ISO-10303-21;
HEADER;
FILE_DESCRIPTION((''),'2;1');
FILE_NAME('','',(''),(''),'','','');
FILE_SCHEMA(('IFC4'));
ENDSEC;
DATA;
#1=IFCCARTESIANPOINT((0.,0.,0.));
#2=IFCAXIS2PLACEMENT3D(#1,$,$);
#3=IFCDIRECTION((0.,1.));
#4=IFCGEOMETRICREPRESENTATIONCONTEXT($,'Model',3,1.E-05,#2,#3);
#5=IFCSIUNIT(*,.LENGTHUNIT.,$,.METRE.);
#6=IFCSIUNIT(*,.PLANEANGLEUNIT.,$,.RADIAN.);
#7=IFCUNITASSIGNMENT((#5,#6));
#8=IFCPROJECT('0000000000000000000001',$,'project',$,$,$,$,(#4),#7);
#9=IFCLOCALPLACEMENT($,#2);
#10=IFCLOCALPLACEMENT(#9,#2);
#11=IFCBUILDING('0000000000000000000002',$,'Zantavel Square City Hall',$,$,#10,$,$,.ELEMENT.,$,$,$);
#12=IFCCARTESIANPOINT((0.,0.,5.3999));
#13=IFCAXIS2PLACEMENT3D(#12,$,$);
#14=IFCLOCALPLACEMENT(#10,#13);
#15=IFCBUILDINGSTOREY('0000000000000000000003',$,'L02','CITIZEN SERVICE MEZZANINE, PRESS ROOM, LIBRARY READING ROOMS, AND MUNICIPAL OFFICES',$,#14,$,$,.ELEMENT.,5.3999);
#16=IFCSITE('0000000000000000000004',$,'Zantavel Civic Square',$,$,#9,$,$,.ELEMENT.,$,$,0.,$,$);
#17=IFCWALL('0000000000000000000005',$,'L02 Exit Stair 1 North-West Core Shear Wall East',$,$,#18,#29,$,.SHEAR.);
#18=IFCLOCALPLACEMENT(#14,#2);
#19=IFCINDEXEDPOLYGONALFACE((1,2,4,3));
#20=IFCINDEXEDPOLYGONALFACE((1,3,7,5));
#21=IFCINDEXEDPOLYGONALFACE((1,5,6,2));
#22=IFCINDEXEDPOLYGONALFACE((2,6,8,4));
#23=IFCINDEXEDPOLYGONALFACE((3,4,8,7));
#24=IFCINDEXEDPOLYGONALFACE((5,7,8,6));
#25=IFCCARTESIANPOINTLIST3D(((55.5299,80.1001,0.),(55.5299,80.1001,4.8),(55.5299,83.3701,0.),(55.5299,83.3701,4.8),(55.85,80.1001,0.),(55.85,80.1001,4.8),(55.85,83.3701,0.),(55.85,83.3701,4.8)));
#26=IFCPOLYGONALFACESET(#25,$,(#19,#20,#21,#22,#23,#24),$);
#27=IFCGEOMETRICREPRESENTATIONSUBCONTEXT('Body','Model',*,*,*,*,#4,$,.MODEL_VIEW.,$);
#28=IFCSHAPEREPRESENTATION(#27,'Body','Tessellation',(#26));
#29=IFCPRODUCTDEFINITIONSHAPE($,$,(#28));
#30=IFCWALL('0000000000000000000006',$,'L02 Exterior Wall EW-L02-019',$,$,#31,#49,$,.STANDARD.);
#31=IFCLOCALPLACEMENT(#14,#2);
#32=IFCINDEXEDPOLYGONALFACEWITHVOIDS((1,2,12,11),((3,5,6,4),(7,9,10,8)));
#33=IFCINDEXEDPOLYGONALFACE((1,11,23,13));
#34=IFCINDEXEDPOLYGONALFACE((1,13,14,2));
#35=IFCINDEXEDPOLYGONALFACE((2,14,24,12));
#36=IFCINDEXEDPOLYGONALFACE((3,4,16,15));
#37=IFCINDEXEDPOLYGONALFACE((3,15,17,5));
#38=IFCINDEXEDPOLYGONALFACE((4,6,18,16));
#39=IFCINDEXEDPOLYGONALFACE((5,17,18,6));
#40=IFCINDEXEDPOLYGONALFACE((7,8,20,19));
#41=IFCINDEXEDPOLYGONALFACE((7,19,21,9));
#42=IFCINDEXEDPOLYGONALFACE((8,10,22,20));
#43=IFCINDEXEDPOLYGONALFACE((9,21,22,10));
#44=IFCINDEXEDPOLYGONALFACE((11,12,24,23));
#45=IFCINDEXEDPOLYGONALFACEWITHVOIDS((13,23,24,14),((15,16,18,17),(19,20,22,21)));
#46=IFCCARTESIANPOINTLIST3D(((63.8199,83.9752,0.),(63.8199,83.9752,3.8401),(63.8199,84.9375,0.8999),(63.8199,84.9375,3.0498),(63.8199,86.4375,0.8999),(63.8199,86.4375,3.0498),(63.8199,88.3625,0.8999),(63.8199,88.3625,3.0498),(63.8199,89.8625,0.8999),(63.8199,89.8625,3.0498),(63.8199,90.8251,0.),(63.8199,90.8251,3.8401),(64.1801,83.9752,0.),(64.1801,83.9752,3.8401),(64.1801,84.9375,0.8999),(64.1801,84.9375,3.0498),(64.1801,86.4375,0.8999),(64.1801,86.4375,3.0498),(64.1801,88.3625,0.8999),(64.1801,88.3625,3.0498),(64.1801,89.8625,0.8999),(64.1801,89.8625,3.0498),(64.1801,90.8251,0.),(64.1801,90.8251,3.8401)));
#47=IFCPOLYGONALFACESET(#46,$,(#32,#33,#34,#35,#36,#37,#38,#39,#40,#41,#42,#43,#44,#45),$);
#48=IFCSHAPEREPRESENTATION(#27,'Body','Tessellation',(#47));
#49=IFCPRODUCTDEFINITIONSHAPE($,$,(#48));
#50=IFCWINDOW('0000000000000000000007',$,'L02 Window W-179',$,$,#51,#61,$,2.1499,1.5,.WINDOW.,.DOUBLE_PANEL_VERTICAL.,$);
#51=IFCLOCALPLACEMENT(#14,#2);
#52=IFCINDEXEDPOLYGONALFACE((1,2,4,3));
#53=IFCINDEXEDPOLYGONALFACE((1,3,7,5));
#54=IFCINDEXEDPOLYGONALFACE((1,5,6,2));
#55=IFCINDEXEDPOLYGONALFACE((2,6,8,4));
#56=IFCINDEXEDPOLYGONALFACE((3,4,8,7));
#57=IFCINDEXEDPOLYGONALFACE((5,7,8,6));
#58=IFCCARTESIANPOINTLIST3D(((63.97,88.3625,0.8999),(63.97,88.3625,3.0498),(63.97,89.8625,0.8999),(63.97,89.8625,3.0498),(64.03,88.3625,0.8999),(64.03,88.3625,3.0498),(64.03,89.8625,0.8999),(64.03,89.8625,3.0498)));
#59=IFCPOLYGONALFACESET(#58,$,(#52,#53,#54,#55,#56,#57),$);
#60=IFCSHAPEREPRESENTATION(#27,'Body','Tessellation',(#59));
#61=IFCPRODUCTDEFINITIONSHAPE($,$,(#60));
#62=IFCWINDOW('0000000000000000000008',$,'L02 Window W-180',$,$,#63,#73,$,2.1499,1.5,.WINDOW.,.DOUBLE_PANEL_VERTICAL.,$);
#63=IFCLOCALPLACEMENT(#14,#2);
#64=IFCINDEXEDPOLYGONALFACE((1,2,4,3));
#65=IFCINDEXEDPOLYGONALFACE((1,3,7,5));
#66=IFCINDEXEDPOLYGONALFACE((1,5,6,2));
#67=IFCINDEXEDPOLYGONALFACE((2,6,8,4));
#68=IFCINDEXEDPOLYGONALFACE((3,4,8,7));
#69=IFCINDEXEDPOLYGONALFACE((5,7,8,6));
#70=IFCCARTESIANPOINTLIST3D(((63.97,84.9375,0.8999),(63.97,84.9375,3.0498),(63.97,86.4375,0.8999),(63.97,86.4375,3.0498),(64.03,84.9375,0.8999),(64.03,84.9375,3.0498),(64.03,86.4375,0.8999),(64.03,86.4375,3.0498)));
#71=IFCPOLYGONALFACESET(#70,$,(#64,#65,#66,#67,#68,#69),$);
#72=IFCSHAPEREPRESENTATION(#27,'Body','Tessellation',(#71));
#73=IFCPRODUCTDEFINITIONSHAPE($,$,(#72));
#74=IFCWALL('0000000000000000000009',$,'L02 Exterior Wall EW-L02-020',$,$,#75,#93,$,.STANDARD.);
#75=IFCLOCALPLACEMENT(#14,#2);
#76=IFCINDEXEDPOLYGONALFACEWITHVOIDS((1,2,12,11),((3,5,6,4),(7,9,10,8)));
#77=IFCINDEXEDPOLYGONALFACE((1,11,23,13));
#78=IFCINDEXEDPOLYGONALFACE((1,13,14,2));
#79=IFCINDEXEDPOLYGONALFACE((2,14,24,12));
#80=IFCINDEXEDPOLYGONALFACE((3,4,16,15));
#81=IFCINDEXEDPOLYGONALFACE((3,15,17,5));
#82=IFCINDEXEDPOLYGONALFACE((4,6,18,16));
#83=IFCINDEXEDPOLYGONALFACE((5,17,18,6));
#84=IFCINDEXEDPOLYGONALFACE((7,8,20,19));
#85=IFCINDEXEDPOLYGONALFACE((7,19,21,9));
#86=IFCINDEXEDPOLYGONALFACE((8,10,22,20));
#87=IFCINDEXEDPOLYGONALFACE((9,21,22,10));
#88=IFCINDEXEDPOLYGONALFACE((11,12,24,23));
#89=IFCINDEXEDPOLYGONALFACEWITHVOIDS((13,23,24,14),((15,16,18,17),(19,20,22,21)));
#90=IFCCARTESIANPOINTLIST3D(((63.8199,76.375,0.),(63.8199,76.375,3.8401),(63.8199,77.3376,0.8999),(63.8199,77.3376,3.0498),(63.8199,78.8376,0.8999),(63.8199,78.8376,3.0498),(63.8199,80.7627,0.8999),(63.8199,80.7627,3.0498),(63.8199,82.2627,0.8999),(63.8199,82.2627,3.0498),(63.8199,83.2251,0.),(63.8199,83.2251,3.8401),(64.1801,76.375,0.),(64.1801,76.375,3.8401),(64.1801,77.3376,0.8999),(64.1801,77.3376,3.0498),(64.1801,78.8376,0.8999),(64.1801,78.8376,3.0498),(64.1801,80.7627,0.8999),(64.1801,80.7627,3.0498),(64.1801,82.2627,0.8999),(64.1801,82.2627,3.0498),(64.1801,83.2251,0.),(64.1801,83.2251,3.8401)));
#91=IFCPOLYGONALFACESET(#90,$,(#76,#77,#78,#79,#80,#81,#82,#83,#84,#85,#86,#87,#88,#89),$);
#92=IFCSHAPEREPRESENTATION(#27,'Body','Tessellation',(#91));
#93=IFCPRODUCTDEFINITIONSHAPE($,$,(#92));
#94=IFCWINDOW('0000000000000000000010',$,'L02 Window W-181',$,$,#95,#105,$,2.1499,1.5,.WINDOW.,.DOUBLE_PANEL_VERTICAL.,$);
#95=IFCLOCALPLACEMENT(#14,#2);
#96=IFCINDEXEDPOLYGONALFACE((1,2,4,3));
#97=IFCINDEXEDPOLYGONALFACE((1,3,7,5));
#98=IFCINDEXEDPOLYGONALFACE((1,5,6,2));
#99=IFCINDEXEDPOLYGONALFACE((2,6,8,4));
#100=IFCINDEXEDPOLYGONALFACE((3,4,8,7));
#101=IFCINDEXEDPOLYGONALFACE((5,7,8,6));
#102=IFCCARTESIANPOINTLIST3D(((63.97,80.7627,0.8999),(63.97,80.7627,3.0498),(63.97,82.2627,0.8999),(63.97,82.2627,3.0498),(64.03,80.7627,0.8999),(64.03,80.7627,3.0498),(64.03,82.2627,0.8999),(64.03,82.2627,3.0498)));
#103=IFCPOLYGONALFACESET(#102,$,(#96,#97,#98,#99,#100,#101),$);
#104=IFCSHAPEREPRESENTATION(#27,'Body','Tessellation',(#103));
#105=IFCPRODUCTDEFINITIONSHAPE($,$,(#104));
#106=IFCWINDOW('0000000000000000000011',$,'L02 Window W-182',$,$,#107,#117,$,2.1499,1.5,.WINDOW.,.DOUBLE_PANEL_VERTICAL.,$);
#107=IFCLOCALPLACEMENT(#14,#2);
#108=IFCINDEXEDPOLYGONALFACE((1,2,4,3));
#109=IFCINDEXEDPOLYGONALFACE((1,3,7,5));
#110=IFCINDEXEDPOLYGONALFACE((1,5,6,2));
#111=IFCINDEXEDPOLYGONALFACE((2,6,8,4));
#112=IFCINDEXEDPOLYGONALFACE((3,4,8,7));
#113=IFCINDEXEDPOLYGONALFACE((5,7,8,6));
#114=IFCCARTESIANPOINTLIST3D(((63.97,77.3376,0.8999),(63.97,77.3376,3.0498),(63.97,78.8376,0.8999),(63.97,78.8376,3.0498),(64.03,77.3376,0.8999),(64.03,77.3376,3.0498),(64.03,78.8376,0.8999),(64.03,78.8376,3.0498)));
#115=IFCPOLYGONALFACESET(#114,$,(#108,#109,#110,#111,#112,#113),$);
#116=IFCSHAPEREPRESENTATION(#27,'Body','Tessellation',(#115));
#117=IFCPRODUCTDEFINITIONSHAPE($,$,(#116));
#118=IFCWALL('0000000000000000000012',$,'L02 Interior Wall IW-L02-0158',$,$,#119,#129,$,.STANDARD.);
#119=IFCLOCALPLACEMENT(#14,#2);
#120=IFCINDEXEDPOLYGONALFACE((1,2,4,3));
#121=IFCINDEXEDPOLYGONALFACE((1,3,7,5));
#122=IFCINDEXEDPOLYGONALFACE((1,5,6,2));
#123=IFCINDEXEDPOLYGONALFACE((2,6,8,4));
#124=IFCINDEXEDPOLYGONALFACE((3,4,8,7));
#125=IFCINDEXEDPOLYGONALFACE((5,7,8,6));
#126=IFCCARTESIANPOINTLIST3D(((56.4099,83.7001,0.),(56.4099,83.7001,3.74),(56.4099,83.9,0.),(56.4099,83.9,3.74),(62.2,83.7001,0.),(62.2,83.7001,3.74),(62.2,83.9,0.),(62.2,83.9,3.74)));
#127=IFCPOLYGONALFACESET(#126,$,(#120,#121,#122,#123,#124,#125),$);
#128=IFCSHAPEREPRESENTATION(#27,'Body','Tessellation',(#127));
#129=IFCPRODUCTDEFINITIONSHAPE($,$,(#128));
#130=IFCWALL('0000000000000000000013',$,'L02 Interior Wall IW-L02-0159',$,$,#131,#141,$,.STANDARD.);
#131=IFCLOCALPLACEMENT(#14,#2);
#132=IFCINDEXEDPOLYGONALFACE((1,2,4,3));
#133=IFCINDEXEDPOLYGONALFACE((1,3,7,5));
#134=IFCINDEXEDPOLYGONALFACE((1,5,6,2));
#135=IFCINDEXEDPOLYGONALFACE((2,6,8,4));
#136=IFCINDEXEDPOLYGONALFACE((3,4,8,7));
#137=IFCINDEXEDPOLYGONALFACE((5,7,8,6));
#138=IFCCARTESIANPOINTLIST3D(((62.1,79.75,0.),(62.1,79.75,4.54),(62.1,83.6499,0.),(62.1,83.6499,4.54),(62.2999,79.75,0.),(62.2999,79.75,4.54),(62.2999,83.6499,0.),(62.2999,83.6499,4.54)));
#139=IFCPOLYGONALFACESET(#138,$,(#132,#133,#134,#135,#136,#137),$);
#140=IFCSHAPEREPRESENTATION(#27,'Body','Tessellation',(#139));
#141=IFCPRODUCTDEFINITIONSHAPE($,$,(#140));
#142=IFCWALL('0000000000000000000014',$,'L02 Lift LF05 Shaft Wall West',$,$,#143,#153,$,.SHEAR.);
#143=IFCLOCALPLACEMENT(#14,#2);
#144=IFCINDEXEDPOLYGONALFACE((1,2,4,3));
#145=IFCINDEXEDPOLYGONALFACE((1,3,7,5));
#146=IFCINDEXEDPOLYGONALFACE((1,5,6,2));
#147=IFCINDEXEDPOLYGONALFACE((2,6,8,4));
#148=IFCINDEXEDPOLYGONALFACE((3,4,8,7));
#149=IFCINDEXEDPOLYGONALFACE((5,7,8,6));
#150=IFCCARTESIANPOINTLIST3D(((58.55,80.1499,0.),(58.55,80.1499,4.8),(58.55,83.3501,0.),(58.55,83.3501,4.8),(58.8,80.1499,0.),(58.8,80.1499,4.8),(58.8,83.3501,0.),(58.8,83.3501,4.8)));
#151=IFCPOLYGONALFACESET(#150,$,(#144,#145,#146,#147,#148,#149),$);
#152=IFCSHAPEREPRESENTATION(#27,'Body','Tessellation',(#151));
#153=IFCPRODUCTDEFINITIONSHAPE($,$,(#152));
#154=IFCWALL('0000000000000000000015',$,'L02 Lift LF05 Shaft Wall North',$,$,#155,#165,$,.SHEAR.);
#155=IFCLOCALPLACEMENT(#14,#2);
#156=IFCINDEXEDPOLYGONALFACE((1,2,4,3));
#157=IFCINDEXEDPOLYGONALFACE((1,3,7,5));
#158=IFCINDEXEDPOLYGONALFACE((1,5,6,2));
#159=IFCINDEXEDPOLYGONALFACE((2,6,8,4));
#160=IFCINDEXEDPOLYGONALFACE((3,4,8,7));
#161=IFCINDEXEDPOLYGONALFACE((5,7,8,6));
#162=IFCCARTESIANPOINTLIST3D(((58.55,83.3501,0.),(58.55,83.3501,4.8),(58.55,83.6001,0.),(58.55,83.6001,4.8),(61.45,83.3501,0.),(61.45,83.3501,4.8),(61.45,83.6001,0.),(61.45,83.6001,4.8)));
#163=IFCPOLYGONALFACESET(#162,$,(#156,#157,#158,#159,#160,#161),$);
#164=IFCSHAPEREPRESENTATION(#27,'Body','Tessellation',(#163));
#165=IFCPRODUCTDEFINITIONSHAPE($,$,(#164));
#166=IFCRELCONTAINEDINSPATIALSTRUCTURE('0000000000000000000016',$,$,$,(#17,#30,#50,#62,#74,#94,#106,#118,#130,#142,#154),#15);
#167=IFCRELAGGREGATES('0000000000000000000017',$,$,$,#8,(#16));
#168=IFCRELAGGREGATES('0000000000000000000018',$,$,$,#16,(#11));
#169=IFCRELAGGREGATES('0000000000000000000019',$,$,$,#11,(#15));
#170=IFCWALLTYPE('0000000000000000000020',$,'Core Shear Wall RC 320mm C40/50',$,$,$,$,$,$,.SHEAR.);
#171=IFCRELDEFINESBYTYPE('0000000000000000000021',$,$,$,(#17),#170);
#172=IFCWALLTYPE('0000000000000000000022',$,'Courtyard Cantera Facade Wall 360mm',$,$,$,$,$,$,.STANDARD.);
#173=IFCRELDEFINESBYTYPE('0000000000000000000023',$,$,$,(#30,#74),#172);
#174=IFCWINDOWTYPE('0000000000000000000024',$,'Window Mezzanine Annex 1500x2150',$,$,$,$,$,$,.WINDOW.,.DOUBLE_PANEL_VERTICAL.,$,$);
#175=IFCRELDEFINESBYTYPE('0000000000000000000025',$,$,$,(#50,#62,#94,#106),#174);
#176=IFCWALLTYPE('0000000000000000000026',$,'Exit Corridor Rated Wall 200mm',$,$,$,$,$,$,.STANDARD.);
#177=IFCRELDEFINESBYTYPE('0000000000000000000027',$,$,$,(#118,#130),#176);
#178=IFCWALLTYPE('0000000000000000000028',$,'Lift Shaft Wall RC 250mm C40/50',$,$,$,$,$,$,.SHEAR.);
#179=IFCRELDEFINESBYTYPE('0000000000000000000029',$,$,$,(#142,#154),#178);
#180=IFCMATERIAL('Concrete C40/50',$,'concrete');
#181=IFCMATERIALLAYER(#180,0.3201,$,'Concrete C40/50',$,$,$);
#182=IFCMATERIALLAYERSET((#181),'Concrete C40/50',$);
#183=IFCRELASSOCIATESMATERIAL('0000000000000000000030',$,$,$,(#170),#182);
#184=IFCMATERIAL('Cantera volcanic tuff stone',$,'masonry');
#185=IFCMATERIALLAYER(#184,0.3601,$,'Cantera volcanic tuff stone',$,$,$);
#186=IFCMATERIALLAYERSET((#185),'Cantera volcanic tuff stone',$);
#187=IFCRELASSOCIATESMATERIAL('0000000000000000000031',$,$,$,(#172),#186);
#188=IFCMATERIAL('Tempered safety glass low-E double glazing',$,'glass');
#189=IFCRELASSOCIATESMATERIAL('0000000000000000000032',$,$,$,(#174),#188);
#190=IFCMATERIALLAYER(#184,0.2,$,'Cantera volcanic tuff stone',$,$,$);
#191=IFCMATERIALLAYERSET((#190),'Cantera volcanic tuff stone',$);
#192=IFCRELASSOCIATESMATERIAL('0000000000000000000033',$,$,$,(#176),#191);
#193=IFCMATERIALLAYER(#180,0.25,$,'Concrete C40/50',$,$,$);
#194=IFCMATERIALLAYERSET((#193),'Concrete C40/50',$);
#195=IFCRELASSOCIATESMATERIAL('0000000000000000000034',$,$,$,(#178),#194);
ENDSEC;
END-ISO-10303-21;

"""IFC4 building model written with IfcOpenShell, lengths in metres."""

from ifc_helpers import new_model, si_unit, direction, frame, frame_2d, origin, place, context, subcontext, project, spatial, rectangle, extrude, material, layer, layer_set, type_object, element, fill, save


model = new_model("IFC4")

# Units and contexts
model_context = context("Model", 3, precision=1e-05, world=origin(), true_north=direction((0.0, 1.0)))
body_context = subcontext(model_context, "Body", "Model", "MODEL_VIEW")
ifc_project = project(units=[si_unit("LENGTHUNIT", "METRE"), si_unit("PLANEANGLEUNIT", "RADIAN")], contexts=[model_context])

# Site, building, storey
site_placement = place(None, origin())
site = spatial("IfcSite", under=ifc_project, at=site_placement, Name="Zantavel Civic Square", CompositionType="ELEMENT", RefElevation=0.0)
building_placement = place(site_placement, origin())
building = spatial("IfcBuilding", under=site, at=building_placement, Name="Zantavel Square City Hall", CompositionType="ELEMENT")
storey_placement = place(building_placement, frame((0.0, 0.0, 5.3999)))
storey = spatial("IfcBuildingStorey", under=building, at=storey_placement, Name="L02", Description="CITIZEN SERVICE MEZZANINE, PRESS ROOM, LIBRARY READING ROOMS, AND MUNICIPAL OFFICES", CompositionType="ELEMENT", Elevation=5.3999)

# Shared definitions
ifc_material_1 = material(Name="Concrete C40/50", Category="concrete")

# Shared definitions
ifc_material_2 = material(Name="Cantera volcanic tuff stone", Category="masonry")

# Shared definitions
ifc_layer_1 = layer(ifc_material_1, 0.3201, Name="Concrete C40/50")
ifc_layer_set_1 = layer_set([ifc_layer_1], Name="Concrete C40/50")
wall_type_1 = type_object("IfcWallType", Name="Core Shear Wall RC 320mm C40/50", PredefinedType="SHEAR", material=ifc_layer_set_1)

# Wall
wall_1_placement = place(storey_placement, frame((55.6899, 83.3701, 0.0), z_axis=(0.0, 0.0, 1.0), x_axis=(0.0, -1.0, 0.0)))
element("IfcWall", 1, at=wall_1_placement, inside=storey, type_object=wall_type_1, Name="L02 Exit Stair 1 North-West Core Shear Wall East", PredefinedType="SHEAR", context=body_context, shape_type="SweptSolid", body=[
    extrude(rectangle(XDim=3.27, YDim=0.3201, at=frame_2d((1.635, 0.0))), origin(), (0.0, 0.0, 1.0), 4.8),
])

# Walls, openings, windows
ifc_layer_2 = layer(ifc_material_2, 0.3601, Name="Cantera volcanic tuff stone")
ifc_layer_set_2 = layer_set([ifc_layer_2], Name="Cantera volcanic tuff stone")
wall_type_2 = type_object("IfcWallType", Name="Courtyard Cantera Facade Wall 360mm", PredefinedType="STANDARD", material=ifc_layer_set_2)
wall_2_placement = place(storey_placement, frame((64.0, 90.825, 0.0), z_axis=(0.0, 0.0, 1.0), x_axis=(0.0, -1.0, 0.0)))
wall_2 = element("IfcWall", 2, at=wall_2_placement, inside=storey, type_object=wall_type_2, Name="L02 Exterior Wall EW-L02-019", PredefinedType="STANDARD", context=body_context, shape_type="SweptSolid", body=[
    extrude(rectangle(XDim=6.8499, YDim=0.3601, at=frame_2d((3.4248, 0.0))), origin(), (0.0, 0.0, 1.0), 3.8401),
])
opening_1_placement = place(wall_2_placement, frame((0.9624, 0.0, 0.8999)))
opening_1 = element("IfcOpeningElement", 3, at=opening_1_placement, cuts=wall_2, PredefinedType="OPENING", context=body_context, shape_type="SweptSolid", body=[
    extrude(rectangle(XDim=1.5, YDim=2.1499, at=frame_2d((0.75, 1.075))), frame((0.0, 0.1899, 0.0), z_axis=(0.0, -1.0, 0.0), x_axis=(1.0, 0.0, 0.0)), (0.0, 0.0, 1.0), 0.3801),
])
opening_2_placement = place(wall_2_placement, frame((4.3875, 0.0, 0.8999)))
opening_2 = element("IfcOpeningElement", 4, at=opening_2_placement, cuts=wall_2, PredefinedType="OPENING", context=body_context, shape_type="SweptSolid", body=[
    extrude(rectangle(XDim=1.5, YDim=2.1499, at=frame_2d((0.75, 1.075))), frame((0.0, 0.1899, 0.0), z_axis=(0.0, -1.0, 0.0), x_axis=(1.0, 0.0, 0.0)), (0.0, 0.0, 1.0), 0.3801),
])
ifc_material_3 = material(Name="Tempered safety glass low-E double glazing", Category="glass")
window_type = type_object("IfcWindowType", Name="Window Mezzanine Annex 1500x2150", PartitioningType="DOUBLE_PANEL_VERTICAL", PredefinedType="WINDOW", material=ifc_material_3)
window_1_placement = place(opening_1_placement, origin())
window_1 = element("IfcWindow", 5, at=window_1_placement, inside=storey, type_object=window_type, Name="L02 Window W-179", OverallHeight=2.1499, OverallWidth=1.5, PartitioningType="DOUBLE_PANEL_VERTICAL", PredefinedType="WINDOW", context=body_context, shape_type="SweptSolid", body=[
    extrude(rectangle(XDim=1.5, YDim=2.1499, at=frame_2d((0.75, 1.075))), frame((0.0, 0.03, 0.0), z_axis=(0.0, -1.0, 0.0), x_axis=(1.0, 0.0, 0.0)), (0.0, 0.0, 1.0), 0.0601),
])
fill(opening_1, window_1)
window_2_placement = place(opening_2_placement, origin())
window_2 = element("IfcWindow", 6, at=window_2_placement, inside=storey, type_object=window_type, Name="L02 Window W-180", OverallHeight=2.1499, OverallWidth=1.5, PartitioningType="DOUBLE_PANEL_VERTICAL", PredefinedType="WINDOW", context=body_context, shape_type="SweptSolid", body=[
    extrude(rectangle(XDim=1.5, YDim=2.1499, at=frame_2d((0.75, 1.075))), frame((0.0, 0.03, 0.0), z_axis=(0.0, -1.0, 0.0), x_axis=(1.0, 0.0, 0.0)), (0.0, 0.0, 1.0), 0.0601),
])
fill(opening_2, window_2)
wall_3_placement = place(storey_placement, frame((64.0, 83.2251, 0.0), z_axis=(0.0, 0.0, 1.0), x_axis=(0.0, -1.0, 0.0)))
wall_3 = element("IfcWall", 7, at=wall_3_placement, inside=storey, type_object=wall_type_2, Name="L02 Exterior Wall EW-L02-020", PredefinedType="STANDARD", context=body_context, shape_type="SweptSolid", body=[
    extrude(rectangle(XDim=6.8501, YDim=0.3601, at=frame_2d((3.425, 0.0))), origin(), (0.0, 0.0, 1.0), 3.8401),
])
opening_3_placement = place(wall_3_placement, frame((0.9624, 0.0, 0.8999)))
opening_3 = element("IfcOpeningElement", 8, at=opening_3_placement, cuts=wall_3, PredefinedType="OPENING", context=body_context, shape_type="SweptSolid", body=[
    extrude(rectangle(XDim=1.5, YDim=2.1499, at=frame_2d((0.75, 1.075))), frame((0.0, 0.1899, 0.0), z_axis=(0.0, -1.0, 0.0), x_axis=(1.0, 0.0, 0.0)), (0.0, 0.0, 1.0), 0.3801),
])
opening_4_placement = place(wall_3_placement, frame((4.3875, 0.0, 0.8999)))
opening_4 = element("IfcOpeningElement", 9, at=opening_4_placement, cuts=wall_3, PredefinedType="OPENING", context=body_context, shape_type="SweptSolid", body=[
    extrude(rectangle(XDim=1.5, YDim=2.1499, at=frame_2d((0.75, 1.075))), frame((0.0, 0.1899, 0.0), z_axis=(0.0, -1.0, 0.0), x_axis=(1.0, 0.0, 0.0)), (0.0, 0.0, 1.0), 0.3801),
])
window_3_placement = place(opening_3_placement, origin())
window_3 = element("IfcWindow", 10, at=window_3_placement, inside=storey, type_object=window_type, Name="L02 Window W-181", OverallHeight=2.1499, OverallWidth=1.5, PartitioningType="DOUBLE_PANEL_VERTICAL", PredefinedType="WINDOW", context=body_context, shape_type="SweptSolid", body=[
    extrude(rectangle(XDim=1.5, YDim=2.1499, at=frame_2d((0.75, 1.075))), frame((0.0, 0.03, 0.0), z_axis=(0.0, -1.0, 0.0), x_axis=(1.0, 0.0, 0.0)), (0.0, 0.0, 1.0), 0.0601),
])
fill(opening_3, window_3)
window_4_placement = place(opening_4_placement, origin())
window_4 = element("IfcWindow", 11, at=window_4_placement, inside=storey, type_object=window_type, Name="L02 Window W-182", OverallHeight=2.1499, OverallWidth=1.5, PartitioningType="DOUBLE_PANEL_VERTICAL", PredefinedType="WINDOW", context=body_context, shape_type="SweptSolid", body=[
    extrude(rectangle(XDim=1.5, YDim=2.1499, at=frame_2d((0.75, 1.075))), frame((0.0, 0.03, 0.0), z_axis=(0.0, -1.0, 0.0), x_axis=(1.0, 0.0, 0.0)), (0.0, 0.0, 1.0), 0.0601),
])
fill(opening_4, window_4)

# Walls
ifc_layer_3 = layer(ifc_material_2, 0.2, Name="Cantera volcanic tuff stone")
ifc_layer_set_3 = layer_set([ifc_layer_3], Name="Cantera volcanic tuff stone")
wall_type_3 = type_object("IfcWallType", Name="Exit Corridor Rated Wall 200mm", PredefinedType="STANDARD", material=ifc_layer_set_3)
wall_4_placement = place(storey_placement, frame((56.4099, 83.8, 0.0), z_axis=(0.0, 0.0, 1.0), x_axis=(1.0, 0.0, 0.0)))
element("IfcWall", 12, at=wall_4_placement, inside=storey, type_object=wall_type_3, Name="L02 Interior Wall IW-L02-0158", PredefinedType="STANDARD", context=body_context, shape_type="SweptSolid", body=[
    extrude(rectangle(XDim=5.79, YDim=0.2, at=frame_2d((2.895, 0.0))), origin(), (0.0, 0.0, 1.0), 3.74),
])
wall_5_placement = place(storey_placement, frame((62.2, 83.6499, 0.0), z_axis=(0.0, 0.0, 1.0), x_axis=(0.0, -1.0, 0.0)))
element("IfcWall", 13, at=wall_5_placement, inside=storey, type_object=wall_type_3, Name="L02 Interior Wall IW-L02-0159", PredefinedType="STANDARD", context=body_context, shape_type="SweptSolid", body=[
    extrude(rectangle(XDim=3.8999, YDim=0.2, at=frame_2d((1.95, 0.0))), origin(), (0.0, 0.0, 1.0), 4.54),
])

# Shared definitions
ifc_layer_4 = layer(ifc_material_1, 0.25, Name="Concrete C40/50")
ifc_layer_set_4 = layer_set([ifc_layer_4], Name="Concrete C40/50")
wall_type_4 = type_object("IfcWallType", Name="Lift Shaft Wall RC 250mm C40/50", PredefinedType="SHEAR", material=ifc_layer_set_4)

# Walls
wall_6_placement = place(storey_placement, frame((58.675, 80.1499, 0.0), z_axis=(0.0, 0.0, 1.0), x_axis=(0.0, 1.0, 0.0)))
element("IfcWall", 14, at=wall_6_placement, inside=storey, type_object=wall_type_4, Name="L02 Lift LF05 Shaft Wall West", PredefinedType="SHEAR", context=body_context, shape_type="SweptSolid", body=[
    extrude(rectangle(XDim=3.2002, YDim=0.25, at=frame_2d((1.6001, 0.0))), origin(), (0.0, 0.0, 1.0), 4.8),
])
wall_7_placement = place(storey_placement, frame((58.55, 83.4751, 0.0), z_axis=(0.0, 0.0, 1.0), x_axis=(1.0, 0.0, 0.0)))
element("IfcWall", 15, at=wall_7_placement, inside=storey, type_object=wall_type_4, Name="L02 Lift LF05 Shaft Wall North", PredefinedType="SHEAR", context=body_context, shape_type="SweptSolid", body=[
    extrude(rectangle(XDim=2.8999, YDim=0.25, at=frame_2d((1.45, 0.0))), origin(), (0.0, 0.0, 1.0), 4.8),
])

save(model, "model.ifc")
